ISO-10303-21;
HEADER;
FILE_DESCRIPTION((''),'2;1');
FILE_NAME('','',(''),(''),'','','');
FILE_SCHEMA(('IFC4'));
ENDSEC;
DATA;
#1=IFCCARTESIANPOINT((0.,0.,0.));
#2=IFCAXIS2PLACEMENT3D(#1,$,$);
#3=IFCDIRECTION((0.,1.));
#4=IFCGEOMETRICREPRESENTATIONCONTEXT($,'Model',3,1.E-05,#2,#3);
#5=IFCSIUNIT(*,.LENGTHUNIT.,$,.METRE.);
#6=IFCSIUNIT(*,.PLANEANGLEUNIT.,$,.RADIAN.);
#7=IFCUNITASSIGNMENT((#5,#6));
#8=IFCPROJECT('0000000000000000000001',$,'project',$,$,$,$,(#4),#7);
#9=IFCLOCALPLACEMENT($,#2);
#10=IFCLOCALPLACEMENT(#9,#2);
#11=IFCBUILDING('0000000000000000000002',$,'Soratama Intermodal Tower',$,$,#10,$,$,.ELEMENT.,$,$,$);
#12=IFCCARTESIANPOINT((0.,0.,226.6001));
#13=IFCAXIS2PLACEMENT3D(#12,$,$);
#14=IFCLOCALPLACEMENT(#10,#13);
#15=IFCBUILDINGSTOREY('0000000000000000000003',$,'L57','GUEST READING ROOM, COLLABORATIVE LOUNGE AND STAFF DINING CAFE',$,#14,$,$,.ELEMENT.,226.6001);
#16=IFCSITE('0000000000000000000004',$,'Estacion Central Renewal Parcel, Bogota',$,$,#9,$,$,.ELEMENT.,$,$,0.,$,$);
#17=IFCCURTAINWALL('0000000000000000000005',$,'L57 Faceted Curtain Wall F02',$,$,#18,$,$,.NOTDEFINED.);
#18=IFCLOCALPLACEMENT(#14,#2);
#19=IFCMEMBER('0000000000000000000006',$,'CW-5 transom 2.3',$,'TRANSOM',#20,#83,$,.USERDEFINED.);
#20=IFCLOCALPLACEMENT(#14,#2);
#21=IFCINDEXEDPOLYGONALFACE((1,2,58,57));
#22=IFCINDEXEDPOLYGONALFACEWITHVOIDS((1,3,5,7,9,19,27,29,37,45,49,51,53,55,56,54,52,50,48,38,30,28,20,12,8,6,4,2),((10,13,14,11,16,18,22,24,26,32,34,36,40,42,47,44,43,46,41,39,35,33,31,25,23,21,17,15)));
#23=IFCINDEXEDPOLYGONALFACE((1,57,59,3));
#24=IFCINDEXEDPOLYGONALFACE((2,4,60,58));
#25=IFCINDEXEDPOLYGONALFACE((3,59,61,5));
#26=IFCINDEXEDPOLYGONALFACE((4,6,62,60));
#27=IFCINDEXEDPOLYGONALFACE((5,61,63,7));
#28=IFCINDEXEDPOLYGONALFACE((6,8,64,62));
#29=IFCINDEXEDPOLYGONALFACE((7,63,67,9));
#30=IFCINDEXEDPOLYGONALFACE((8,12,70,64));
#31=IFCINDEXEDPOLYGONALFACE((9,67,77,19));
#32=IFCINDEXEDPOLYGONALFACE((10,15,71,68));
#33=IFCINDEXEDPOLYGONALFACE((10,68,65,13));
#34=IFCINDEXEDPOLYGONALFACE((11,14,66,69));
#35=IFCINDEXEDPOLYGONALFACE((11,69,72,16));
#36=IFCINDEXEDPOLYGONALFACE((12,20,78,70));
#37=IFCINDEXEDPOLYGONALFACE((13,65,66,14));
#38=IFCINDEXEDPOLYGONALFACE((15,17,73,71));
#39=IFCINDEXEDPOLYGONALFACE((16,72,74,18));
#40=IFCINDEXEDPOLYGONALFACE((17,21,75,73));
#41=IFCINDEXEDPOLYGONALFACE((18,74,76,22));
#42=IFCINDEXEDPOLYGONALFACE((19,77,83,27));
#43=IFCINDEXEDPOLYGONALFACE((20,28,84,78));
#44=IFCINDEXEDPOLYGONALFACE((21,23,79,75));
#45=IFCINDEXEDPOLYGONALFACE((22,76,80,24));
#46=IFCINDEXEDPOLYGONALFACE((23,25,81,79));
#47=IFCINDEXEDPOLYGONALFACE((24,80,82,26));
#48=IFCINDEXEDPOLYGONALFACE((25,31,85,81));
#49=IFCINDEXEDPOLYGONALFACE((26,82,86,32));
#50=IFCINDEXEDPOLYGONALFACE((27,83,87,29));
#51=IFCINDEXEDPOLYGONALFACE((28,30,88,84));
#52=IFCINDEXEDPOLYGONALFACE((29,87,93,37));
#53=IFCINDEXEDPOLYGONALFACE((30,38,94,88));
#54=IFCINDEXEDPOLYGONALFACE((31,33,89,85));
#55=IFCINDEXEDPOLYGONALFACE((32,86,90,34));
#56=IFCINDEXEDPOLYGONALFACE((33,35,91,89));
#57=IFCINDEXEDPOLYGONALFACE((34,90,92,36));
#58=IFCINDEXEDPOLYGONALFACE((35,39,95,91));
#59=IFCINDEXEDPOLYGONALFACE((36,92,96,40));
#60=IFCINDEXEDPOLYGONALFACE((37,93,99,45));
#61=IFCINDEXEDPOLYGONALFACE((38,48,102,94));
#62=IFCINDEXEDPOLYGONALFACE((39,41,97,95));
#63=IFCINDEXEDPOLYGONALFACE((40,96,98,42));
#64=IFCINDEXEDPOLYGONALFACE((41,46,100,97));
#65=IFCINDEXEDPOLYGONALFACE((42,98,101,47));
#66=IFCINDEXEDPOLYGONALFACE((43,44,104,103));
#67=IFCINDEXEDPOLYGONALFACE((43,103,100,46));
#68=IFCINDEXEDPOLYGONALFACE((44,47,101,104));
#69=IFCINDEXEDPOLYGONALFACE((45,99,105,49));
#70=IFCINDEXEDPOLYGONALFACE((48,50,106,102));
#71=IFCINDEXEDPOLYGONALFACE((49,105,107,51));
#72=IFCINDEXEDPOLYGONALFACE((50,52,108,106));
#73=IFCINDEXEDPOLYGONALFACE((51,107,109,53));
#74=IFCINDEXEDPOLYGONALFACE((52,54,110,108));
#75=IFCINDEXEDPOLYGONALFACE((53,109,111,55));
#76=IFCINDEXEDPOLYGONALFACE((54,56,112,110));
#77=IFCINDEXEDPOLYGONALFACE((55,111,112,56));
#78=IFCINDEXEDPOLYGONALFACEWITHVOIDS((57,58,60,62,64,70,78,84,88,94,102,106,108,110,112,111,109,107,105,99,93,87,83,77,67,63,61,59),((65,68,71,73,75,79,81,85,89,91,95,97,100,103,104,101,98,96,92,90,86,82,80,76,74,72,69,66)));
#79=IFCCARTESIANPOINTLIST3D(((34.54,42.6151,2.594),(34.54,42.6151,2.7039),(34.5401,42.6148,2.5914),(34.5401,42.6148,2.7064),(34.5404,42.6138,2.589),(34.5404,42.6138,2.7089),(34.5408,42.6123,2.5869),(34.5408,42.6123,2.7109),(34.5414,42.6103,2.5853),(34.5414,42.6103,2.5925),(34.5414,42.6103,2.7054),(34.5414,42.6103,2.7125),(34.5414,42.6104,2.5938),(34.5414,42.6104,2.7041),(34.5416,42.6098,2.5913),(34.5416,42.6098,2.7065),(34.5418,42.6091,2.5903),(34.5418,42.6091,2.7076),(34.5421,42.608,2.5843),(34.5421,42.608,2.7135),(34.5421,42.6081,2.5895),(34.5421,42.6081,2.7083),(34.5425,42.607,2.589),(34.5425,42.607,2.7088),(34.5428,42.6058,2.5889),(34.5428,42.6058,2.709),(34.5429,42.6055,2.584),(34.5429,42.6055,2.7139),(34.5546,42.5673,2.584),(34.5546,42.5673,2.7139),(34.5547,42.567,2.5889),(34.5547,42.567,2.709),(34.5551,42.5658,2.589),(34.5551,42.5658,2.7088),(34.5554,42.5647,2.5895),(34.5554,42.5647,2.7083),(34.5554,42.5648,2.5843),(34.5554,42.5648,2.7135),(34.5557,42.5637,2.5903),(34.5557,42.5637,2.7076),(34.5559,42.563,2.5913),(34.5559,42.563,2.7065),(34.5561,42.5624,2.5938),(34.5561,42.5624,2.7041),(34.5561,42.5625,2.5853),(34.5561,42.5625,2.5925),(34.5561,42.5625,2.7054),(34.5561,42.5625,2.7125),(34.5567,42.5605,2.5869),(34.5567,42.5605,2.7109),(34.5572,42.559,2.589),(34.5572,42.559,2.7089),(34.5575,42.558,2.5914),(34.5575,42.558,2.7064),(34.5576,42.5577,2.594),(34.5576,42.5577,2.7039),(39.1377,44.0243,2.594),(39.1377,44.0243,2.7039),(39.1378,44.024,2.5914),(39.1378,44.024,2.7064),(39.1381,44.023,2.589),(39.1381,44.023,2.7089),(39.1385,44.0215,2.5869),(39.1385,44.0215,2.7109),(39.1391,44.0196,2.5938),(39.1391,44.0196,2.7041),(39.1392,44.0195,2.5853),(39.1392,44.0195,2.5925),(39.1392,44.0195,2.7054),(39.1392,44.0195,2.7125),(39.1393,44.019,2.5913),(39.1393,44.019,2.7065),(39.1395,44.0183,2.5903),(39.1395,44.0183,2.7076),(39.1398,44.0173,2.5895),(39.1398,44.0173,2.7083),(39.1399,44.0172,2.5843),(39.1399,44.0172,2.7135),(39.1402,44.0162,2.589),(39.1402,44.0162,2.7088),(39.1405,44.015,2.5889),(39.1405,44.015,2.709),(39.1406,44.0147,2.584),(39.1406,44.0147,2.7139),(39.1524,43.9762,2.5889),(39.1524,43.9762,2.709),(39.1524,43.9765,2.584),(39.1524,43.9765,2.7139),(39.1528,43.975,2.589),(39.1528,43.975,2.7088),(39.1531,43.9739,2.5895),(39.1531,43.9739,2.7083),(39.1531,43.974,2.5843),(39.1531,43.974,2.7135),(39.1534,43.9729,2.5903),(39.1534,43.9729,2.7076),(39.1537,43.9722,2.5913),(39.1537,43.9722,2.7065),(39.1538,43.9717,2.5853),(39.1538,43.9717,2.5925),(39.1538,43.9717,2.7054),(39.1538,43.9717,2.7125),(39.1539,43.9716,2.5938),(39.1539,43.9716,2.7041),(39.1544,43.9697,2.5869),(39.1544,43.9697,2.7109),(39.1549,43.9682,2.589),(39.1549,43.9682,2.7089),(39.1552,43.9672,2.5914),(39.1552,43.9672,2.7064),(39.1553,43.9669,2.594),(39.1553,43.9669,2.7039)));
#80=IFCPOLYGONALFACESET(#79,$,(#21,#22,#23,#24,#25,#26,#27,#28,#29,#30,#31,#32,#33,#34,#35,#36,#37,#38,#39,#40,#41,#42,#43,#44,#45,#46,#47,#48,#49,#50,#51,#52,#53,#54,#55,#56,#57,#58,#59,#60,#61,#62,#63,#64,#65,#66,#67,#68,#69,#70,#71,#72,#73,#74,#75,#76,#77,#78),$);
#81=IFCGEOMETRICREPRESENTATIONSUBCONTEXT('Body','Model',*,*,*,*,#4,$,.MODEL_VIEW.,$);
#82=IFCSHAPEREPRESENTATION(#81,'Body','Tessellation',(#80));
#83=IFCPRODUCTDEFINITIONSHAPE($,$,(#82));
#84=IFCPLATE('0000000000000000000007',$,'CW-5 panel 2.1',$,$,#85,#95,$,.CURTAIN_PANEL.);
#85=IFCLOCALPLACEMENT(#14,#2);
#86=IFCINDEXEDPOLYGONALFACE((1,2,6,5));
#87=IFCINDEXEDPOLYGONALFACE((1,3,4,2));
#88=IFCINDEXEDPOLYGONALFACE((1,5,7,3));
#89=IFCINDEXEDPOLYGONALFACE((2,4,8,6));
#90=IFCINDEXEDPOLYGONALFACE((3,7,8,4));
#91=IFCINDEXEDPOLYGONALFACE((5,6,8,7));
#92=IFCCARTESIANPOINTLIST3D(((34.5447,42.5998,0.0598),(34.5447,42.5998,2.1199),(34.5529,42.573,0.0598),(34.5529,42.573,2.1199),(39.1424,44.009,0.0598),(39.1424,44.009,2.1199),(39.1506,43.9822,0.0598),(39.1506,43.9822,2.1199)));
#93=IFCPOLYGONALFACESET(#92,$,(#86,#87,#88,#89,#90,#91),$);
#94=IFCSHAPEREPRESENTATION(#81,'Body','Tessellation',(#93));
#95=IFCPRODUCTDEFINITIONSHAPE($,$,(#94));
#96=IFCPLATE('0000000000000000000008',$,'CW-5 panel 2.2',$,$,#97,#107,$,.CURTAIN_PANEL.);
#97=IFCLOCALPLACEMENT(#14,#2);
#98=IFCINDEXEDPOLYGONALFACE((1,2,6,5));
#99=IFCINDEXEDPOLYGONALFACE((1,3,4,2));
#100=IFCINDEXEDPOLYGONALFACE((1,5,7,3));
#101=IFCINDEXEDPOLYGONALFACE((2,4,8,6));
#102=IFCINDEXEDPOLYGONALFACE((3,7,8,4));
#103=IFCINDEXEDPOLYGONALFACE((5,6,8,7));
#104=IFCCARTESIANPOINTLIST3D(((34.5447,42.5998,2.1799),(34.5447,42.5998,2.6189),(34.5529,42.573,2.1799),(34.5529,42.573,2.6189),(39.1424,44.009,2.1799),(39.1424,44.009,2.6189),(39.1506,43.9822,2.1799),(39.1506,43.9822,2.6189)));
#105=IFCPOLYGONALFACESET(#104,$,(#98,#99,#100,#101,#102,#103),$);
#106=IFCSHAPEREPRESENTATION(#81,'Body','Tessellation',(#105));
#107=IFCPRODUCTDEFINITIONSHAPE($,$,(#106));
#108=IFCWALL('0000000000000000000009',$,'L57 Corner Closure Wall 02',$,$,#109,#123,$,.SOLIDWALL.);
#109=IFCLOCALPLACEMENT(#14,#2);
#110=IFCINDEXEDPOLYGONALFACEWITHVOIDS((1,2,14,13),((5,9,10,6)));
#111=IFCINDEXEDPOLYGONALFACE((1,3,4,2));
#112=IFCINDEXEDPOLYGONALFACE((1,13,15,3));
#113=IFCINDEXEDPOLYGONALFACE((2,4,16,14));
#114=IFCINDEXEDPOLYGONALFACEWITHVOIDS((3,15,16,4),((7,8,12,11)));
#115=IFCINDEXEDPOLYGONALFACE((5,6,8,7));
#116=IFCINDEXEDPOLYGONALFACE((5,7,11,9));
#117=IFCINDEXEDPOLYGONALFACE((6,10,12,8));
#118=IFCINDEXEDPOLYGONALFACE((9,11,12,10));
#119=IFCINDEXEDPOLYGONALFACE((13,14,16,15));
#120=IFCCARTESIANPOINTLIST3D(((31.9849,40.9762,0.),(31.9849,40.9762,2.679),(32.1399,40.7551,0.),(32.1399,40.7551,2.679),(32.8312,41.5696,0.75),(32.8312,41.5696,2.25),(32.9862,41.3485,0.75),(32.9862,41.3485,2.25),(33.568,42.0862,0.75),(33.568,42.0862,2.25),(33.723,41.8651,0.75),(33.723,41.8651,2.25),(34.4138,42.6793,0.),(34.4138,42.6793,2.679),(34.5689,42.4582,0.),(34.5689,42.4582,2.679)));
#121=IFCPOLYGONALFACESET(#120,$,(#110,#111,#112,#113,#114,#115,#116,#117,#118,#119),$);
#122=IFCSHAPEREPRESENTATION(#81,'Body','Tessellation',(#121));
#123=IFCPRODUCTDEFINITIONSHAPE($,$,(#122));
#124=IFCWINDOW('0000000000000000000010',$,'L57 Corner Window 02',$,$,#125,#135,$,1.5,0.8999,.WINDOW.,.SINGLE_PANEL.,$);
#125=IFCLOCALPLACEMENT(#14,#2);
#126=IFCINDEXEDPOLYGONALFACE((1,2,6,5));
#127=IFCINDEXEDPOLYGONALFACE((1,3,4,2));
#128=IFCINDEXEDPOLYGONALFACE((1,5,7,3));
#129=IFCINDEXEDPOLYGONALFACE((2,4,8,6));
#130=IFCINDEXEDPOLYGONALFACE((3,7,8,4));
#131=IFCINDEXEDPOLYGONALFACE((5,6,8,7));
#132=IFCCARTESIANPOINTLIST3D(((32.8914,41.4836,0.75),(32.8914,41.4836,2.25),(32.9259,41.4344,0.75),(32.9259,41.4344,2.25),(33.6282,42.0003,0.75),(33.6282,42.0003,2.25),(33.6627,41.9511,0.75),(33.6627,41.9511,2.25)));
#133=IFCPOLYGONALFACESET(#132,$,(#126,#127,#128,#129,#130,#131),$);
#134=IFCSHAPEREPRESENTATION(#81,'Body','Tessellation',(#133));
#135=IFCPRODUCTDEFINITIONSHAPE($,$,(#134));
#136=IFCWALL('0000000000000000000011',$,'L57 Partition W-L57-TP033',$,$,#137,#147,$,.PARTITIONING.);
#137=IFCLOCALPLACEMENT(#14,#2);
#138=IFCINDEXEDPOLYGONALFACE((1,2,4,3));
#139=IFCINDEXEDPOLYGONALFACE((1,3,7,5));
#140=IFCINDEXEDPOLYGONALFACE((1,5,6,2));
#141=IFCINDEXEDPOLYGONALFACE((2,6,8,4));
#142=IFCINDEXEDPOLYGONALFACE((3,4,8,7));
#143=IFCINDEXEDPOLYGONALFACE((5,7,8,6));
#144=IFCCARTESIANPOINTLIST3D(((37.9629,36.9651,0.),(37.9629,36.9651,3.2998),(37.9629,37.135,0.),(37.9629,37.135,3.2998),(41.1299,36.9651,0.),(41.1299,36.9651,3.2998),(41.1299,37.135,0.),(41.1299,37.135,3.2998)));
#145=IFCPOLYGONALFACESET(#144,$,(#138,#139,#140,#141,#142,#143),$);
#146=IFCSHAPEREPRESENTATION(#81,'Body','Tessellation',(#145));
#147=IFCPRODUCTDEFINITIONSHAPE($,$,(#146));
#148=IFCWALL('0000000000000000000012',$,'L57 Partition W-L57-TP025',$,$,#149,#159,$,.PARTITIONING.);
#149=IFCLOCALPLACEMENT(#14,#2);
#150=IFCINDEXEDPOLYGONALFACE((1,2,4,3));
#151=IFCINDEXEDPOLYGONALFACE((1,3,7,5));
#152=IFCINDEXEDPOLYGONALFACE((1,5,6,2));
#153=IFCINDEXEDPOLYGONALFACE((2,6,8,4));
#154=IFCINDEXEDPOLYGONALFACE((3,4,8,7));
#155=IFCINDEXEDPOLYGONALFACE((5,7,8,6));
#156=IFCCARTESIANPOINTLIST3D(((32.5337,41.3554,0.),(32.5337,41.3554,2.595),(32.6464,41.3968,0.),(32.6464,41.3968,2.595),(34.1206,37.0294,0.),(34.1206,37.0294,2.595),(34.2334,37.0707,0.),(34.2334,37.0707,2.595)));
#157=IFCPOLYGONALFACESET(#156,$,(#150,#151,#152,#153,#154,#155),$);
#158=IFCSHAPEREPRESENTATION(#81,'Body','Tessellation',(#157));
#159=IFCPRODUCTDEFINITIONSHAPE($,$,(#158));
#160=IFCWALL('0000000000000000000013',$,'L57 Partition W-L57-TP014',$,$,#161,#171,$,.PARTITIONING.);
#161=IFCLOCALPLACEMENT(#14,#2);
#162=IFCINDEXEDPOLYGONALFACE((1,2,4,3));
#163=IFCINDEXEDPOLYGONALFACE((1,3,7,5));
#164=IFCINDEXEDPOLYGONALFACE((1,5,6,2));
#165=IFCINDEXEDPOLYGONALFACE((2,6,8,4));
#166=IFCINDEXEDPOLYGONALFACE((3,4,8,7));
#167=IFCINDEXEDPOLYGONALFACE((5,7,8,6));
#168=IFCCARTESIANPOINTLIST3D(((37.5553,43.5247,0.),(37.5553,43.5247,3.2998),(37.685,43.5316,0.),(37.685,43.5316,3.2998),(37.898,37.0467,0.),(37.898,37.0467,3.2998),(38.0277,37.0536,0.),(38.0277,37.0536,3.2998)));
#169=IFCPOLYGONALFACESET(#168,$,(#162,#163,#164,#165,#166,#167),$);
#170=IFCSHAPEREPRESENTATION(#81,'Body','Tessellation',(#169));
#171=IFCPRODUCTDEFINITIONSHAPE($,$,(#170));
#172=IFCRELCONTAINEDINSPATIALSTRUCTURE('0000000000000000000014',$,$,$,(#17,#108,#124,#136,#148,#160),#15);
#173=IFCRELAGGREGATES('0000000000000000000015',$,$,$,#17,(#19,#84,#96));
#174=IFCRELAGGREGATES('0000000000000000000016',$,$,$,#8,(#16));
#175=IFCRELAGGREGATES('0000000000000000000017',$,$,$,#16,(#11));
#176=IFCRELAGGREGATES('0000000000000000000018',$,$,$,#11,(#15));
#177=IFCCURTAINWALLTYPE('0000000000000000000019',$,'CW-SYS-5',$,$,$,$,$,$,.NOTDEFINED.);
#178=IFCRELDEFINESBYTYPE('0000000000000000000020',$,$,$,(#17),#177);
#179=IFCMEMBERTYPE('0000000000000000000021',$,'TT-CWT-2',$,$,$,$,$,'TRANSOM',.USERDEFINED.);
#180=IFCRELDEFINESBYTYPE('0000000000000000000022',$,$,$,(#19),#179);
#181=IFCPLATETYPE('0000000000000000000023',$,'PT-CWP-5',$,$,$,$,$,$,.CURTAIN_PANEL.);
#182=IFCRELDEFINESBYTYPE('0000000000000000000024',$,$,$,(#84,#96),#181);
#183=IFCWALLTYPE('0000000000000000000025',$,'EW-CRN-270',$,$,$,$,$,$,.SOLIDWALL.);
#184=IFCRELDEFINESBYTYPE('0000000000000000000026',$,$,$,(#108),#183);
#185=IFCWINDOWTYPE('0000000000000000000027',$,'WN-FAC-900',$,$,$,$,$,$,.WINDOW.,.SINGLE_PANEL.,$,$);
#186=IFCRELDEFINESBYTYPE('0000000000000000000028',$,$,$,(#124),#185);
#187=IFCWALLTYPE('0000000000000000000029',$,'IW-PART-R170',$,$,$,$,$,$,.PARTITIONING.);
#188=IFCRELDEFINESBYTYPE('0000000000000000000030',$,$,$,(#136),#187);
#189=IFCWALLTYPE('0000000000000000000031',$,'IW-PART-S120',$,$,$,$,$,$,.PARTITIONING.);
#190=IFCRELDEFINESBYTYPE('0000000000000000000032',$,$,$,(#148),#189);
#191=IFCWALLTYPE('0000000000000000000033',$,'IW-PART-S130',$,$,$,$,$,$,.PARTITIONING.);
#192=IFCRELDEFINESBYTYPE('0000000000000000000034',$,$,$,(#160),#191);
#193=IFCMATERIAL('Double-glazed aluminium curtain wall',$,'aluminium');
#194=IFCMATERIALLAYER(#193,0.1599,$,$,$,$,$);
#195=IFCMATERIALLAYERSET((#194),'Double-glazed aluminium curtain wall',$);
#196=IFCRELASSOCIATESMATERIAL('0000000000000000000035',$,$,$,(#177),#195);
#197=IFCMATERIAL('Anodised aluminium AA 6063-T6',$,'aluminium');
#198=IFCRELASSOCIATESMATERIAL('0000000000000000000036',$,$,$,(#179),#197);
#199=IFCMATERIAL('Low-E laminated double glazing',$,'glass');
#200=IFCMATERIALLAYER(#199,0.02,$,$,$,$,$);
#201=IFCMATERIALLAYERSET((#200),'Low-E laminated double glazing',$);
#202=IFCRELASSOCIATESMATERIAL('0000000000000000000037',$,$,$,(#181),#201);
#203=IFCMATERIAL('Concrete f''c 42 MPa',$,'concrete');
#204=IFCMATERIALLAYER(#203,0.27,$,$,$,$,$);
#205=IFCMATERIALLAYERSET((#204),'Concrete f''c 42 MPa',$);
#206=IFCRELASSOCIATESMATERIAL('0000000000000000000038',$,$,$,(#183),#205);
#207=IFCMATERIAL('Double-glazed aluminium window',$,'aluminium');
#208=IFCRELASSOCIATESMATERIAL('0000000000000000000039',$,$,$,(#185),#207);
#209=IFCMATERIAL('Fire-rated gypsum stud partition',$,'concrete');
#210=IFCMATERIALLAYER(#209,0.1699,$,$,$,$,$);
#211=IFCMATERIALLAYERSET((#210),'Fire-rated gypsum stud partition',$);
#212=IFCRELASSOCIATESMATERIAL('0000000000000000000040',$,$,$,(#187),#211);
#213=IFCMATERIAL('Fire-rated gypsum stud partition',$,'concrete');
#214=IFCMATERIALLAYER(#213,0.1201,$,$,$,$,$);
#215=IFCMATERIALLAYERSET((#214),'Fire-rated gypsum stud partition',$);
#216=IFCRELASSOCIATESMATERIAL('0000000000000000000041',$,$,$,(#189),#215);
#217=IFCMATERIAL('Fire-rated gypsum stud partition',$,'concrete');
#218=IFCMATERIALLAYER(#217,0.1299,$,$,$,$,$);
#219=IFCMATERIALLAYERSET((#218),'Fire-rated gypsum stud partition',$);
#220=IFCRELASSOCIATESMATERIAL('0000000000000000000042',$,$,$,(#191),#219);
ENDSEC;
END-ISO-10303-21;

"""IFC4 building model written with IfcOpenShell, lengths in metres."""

from ifc_helpers import new_model, si_unit, direction, frame, frame_2d, origin, origin_2d, place, context, subcontext, project, spatial, rectangle, hollow_rectangle, extrude, material, layer, layer_set, material_profile, profile_set, type_object, element, fill, aggregate, save


model = new_model("IFC4")

# Units and contexts
model_context = context("Model", 3, precision=1e-05, world=origin(), true_north=direction((0.0, 1.0)))
body_context = subcontext(model_context, "Body", "Model", "MODEL_VIEW")
ifc_project = project(units=[si_unit("LENGTHUNIT", "METRE"), si_unit("PLANEANGLEUNIT", "RADIAN")], contexts=[model_context])

# Site, building, storey
site_placement = place(None, origin())
site = spatial("IfcSite", under=ifc_project, at=site_placement, Name="Estacion Central Renewal Parcel, Bogota", CompositionType="ELEMENT", RefElevation=0.0)
building_placement = place(site_placement, origin())
building = spatial("IfcBuilding", under=site, at=building_placement, Name="Soratama Intermodal Tower", CompositionType="ELEMENT")
storey_placement = place(building_placement, frame((0.0, 0.0, 226.6001)))
storey = spatial("IfcBuildingStorey", under=building, at=storey_placement, Name="L57", Description="GUEST READING ROOM, COLLABORATIVE LOUNGE AND STAFF DINING CAFE", CompositionType="ELEMENT", Elevation=226.6001)

# Curtain wall, member, plates
ifc_material_1 = material(Name="Double-glazed aluminium curtain wall", Category="aluminium")
ifc_layer_1 = layer(ifc_material_1, 0.1599)
ifc_layer_set_1 = layer_set([ifc_layer_1], Name="Double-glazed aluminium curtain wall")
curtain_wall_type = type_object("IfcCurtainWallType", Name="CW-SYS-5", PredefinedType="NOTDEFINED", material=ifc_layer_set_1)
curtain_wall_placement = place(storey_placement, origin())
curtain_wall = element("IfcCurtainWall", 1, at=curtain_wall_placement, inside=storey, type_object=curtain_wall_type, Name="L57 Faceted Curtain Wall F02", PredefinedType="NOTDEFINED")
ifc_material_2 = material(Name="Anodised aluminium AA 6063-T6", Category="aluminium")
ifc_material_profile_1 = material_profile(ifc_material_2, hollow_rectangle(XDim=0.0601, YDim=0.1299, WallThickness=0.0049, InnerFilletRadius=0.0049, OuterFilletRadius=0.01, at=origin_2d()), Name="CWT130X60X5")
ifc_profile_set_1 = profile_set([ifc_material_profile_1], Name="Anodised aluminium AA 6063-T6")
member_type_1 = type_object("IfcMemberType", Name="TT-CWT-2", ElementType="TRANSOM", PredefinedType="USERDEFINED", material=ifc_profile_set_1)
member_1_placement = place(storey_placement, frame((39.1465, 43.9956, 2.6489), z_axis=(-0.956099, -0.293044, 0.0), x_axis=(0.293044, -0.956099, 0.0)))
member_1 = element("IfcMember", 2, at=member_1_placement, type_object=member_type_1, Name="CW-5 transom 2.3", ObjectType="TRANSOM", PredefinedType="USERDEFINED", context=body_context, shape_type="SweptSolid", body=[
    extrude(hollow_rectangle(XDim=0.0601, YDim=0.1299, WallThickness=0.0049, InnerFilletRadius=0.0049, OuterFilletRadius=0.01, at=origin_2d()), origin(), (0.0, 0.0, 1.0), 4.8088),
])
ifc_material_3 = material(Name="Low-E laminated double glazing", Category="glass")
ifc_layer_2 = layer(ifc_material_3, 0.02)
ifc_layer_set_2 = layer_set([ifc_layer_2], Name="Low-E laminated double glazing")
plate_type = type_object("IfcPlateType", Name="PT-CWP-5", PredefinedType="CURTAIN_PANEL", material=ifc_layer_set_2)
plate_1_placement = place(storey_placement, frame((36.8477, 43.291, 0.0598), z_axis=(0.0, 0.0, 1.0), x_axis=(-0.9561, -0.293041, 0.0)))
plate_1 = element("IfcPlate", 3, at=plate_1_placement, type_object=plate_type, Name="CW-5 panel 2.1", PredefinedType="CURTAIN_PANEL", context=body_context, shape_type="SweptSolid", body=[
    extrude(rectangle(XDim=4.8088, YDim=0.0281, at=origin_2d()), origin(), (0.0, 0.0, 1.0), 2.0601),
])
plate_2_placement = place(storey_placement, frame((36.8477, 43.291, 2.1799), z_axis=(0.0, 0.0, 1.0), x_axis=(-0.9561, -0.293041, 0.0)))
plate_2 = element("IfcPlate", 4, at=plate_2_placement, type_object=plate_type, Name="CW-5 panel 2.2", PredefinedType="CURTAIN_PANEL", context=body_context, shape_type="SweptSolid", body=[
    extrude(rectangle(XDim=4.8088, YDim=0.0281, at=origin_2d()), origin(), (0.0, 0.0, 1.0), 0.439),
])
aggregate(curtain_wall, [member_1, plate_1, plate_2])

# Wall, opening, window
ifc_material_4 = material(Name="Concrete f'c 42 MPa", Category="concrete")
ifc_layer_3 = layer(ifc_material_4, 0.27)
ifc_layer_set_3 = layer_set([ifc_layer_3], Name="Concrete f'c 42 MPa")
wall_type_1 = type_object("IfcWallType", Name="EW-CRN-270", PredefinedType="SOLIDWALL", material=ifc_layer_set_3)
wall_1_placement = place(storey_placement, frame((34.4915, 42.5688, 0.0), z_axis=(0.0, 0.0, 1.0), x_axis=(-0.818779, -0.574108, 0.0)))
wall_1 = element("IfcWall", 5, at=wall_1_placement, inside=storey, type_object=wall_type_1, Name="L57 Corner Closure Wall 02", PredefinedType="SOLIDWALL", context=body_context, shape_type="SweptSolid", body=[
    extrude(rectangle(XDim=2.9666, YDim=0.27, at=frame_2d((1.4834, 0.0))), origin(), (0.0, 0.0, 1.0), 2.679),
])
opening_1_placement = place(wall_1_placement, frame((1.0332, 0.0, 0.75)))
opening_1 = element("IfcOpeningElement", 6, at=opening_1_placement, cuts=wall_1, PredefinedType="OPENING", context=body_context, shape_type="SweptSolid", body=[
    extrude(rectangle(XDim=0.8999, YDim=1.5, at=frame_2d((0.45, 0.75))), frame((0.0, 0.145, 0.0), z_axis=(0.0, -1.0, 0.0), x_axis=(1.0, 0.0, 0.0)), (0.0, 0.0, 1.0), 0.29),
])
ifc_material_5 = material(Name="Double-glazed aluminium window", Category="aluminium")
window_type = type_object("IfcWindowType", Name="WN-FAC-900", PartitioningType="SINGLE_PANEL", PredefinedType="WINDOW", material=ifc_material_5)
window_placement = place(opening_1_placement, origin())
window = element("IfcWindow", 7, at=window_placement, inside=storey, type_object=window_type, Name="L57 Corner Window 02", OverallHeight=1.5, OverallWidth=0.8999, PartitioningType="SINGLE_PANEL", PredefinedType="WINDOW", context=body_context, shape_type="SweptSolid", body=[
    extrude(rectangle(XDim=0.8999, YDim=1.5, at=frame_2d((0.45, 0.75))), frame((0.0, 0.03, 0.0), z_axis=(0.0, -1.0, 0.0), x_axis=(1.0, 0.0, 0.0)), (0.0, 0.0, 1.0), 0.0601),
])
fill(opening_1, window)

# Shared definitions
ifc_material_6 = material(Name="Fire-rated gypsum stud partition", Category="concrete")
ifc_layer_4 = layer(ifc_material_6, 0.1699)
ifc_layer_set_4 = layer_set([ifc_layer_4], Name="Fire-rated gypsum stud partition")
wall_type_2 = type_object("IfcWallType", Name="IW-PART-R170", PredefinedType="PARTITIONING", material=ifc_layer_set_4)

# Walls
wall_2_placement = place(storey_placement, frame((37.9629, 37.05, 0.0), z_axis=(0.0, 0.0, 1.0), x_axis=(1.0, 0.0, 0.0)))
element("IfcWall", 8, at=wall_2_placement, inside=storey, type_object=wall_type_2, Name="L57 Partition W-L57-TP033", PredefinedType="PARTITIONING", context=body_context, shape_type="SweptSolid", body=[
    extrude(rectangle(XDim=3.167, YDim=0.1699, at=frame_2d((1.5835, 0.0))), origin(), (0.0, 0.0, 1.0), 3.2998),
])
ifc_material_7 = material(Name="Fire-rated gypsum stud partition", Category="concrete")
ifc_layer_5 = layer(ifc_material_7, 0.1201)
ifc_layer_set_5 = layer_set([ifc_layer_5], Name="Fire-rated gypsum stud partition")
wall_type_3 = type_object("IfcWallType", Name="IW-PART-S120", PredefinedType="PARTITIONING", material=ifc_layer_set_5)
wall_3_placement = place(storey_placement, frame((34.177, 37.05, 0.0), z_axis=(0.0, 0.0, 1.0), x_axis=(-0.344396, 0.938824, 0.0)))
element("IfcWall", 9, at=wall_3_placement, inside=storey, type_object=wall_type_3, Name="L57 Partition W-L57-TP025", PredefinedType="PARTITIONING", context=body_context, shape_type="SweptSolid", body=[
    extrude(rectangle(XDim=4.6079, YDim=0.1201, at=frame_2d((2.304, 0.0))), origin(), (0.0, 0.0, 1.0), 2.595),
])
ifc_material_8 = material(Name="Fire-rated gypsum stud partition", Category="concrete")
ifc_layer_6 = layer(ifc_material_8, 0.1299)
ifc_layer_set_6 = layer_set([ifc_layer_6], Name="Fire-rated gypsum stud partition")
wall_type_4 = type_object("IfcWallType", Name="IW-PART-S130", PredefinedType="PARTITIONING", material=ifc_layer_set_6)
wall_4_placement = place(storey_placement, frame((37.9629, 37.05, 0.0), z_axis=(0.0, 0.0, 1.0), x_axis=(-0.052839, 0.998603, 0.0)))
element("IfcWall", 10, at=wall_4_placement, inside=storey, type_object=wall_type_4, Name="L57 Partition W-L57-TP014", PredefinedType="PARTITIONING", context=body_context, shape_type="SweptSolid", body=[
    extrude(rectangle(XDim=6.4871, YDim=0.1299, at=frame_2d((3.2437, 0.0))), origin(), (0.0, 0.0, 1.0), 3.2998),
])

save(model, "model.ifc")
